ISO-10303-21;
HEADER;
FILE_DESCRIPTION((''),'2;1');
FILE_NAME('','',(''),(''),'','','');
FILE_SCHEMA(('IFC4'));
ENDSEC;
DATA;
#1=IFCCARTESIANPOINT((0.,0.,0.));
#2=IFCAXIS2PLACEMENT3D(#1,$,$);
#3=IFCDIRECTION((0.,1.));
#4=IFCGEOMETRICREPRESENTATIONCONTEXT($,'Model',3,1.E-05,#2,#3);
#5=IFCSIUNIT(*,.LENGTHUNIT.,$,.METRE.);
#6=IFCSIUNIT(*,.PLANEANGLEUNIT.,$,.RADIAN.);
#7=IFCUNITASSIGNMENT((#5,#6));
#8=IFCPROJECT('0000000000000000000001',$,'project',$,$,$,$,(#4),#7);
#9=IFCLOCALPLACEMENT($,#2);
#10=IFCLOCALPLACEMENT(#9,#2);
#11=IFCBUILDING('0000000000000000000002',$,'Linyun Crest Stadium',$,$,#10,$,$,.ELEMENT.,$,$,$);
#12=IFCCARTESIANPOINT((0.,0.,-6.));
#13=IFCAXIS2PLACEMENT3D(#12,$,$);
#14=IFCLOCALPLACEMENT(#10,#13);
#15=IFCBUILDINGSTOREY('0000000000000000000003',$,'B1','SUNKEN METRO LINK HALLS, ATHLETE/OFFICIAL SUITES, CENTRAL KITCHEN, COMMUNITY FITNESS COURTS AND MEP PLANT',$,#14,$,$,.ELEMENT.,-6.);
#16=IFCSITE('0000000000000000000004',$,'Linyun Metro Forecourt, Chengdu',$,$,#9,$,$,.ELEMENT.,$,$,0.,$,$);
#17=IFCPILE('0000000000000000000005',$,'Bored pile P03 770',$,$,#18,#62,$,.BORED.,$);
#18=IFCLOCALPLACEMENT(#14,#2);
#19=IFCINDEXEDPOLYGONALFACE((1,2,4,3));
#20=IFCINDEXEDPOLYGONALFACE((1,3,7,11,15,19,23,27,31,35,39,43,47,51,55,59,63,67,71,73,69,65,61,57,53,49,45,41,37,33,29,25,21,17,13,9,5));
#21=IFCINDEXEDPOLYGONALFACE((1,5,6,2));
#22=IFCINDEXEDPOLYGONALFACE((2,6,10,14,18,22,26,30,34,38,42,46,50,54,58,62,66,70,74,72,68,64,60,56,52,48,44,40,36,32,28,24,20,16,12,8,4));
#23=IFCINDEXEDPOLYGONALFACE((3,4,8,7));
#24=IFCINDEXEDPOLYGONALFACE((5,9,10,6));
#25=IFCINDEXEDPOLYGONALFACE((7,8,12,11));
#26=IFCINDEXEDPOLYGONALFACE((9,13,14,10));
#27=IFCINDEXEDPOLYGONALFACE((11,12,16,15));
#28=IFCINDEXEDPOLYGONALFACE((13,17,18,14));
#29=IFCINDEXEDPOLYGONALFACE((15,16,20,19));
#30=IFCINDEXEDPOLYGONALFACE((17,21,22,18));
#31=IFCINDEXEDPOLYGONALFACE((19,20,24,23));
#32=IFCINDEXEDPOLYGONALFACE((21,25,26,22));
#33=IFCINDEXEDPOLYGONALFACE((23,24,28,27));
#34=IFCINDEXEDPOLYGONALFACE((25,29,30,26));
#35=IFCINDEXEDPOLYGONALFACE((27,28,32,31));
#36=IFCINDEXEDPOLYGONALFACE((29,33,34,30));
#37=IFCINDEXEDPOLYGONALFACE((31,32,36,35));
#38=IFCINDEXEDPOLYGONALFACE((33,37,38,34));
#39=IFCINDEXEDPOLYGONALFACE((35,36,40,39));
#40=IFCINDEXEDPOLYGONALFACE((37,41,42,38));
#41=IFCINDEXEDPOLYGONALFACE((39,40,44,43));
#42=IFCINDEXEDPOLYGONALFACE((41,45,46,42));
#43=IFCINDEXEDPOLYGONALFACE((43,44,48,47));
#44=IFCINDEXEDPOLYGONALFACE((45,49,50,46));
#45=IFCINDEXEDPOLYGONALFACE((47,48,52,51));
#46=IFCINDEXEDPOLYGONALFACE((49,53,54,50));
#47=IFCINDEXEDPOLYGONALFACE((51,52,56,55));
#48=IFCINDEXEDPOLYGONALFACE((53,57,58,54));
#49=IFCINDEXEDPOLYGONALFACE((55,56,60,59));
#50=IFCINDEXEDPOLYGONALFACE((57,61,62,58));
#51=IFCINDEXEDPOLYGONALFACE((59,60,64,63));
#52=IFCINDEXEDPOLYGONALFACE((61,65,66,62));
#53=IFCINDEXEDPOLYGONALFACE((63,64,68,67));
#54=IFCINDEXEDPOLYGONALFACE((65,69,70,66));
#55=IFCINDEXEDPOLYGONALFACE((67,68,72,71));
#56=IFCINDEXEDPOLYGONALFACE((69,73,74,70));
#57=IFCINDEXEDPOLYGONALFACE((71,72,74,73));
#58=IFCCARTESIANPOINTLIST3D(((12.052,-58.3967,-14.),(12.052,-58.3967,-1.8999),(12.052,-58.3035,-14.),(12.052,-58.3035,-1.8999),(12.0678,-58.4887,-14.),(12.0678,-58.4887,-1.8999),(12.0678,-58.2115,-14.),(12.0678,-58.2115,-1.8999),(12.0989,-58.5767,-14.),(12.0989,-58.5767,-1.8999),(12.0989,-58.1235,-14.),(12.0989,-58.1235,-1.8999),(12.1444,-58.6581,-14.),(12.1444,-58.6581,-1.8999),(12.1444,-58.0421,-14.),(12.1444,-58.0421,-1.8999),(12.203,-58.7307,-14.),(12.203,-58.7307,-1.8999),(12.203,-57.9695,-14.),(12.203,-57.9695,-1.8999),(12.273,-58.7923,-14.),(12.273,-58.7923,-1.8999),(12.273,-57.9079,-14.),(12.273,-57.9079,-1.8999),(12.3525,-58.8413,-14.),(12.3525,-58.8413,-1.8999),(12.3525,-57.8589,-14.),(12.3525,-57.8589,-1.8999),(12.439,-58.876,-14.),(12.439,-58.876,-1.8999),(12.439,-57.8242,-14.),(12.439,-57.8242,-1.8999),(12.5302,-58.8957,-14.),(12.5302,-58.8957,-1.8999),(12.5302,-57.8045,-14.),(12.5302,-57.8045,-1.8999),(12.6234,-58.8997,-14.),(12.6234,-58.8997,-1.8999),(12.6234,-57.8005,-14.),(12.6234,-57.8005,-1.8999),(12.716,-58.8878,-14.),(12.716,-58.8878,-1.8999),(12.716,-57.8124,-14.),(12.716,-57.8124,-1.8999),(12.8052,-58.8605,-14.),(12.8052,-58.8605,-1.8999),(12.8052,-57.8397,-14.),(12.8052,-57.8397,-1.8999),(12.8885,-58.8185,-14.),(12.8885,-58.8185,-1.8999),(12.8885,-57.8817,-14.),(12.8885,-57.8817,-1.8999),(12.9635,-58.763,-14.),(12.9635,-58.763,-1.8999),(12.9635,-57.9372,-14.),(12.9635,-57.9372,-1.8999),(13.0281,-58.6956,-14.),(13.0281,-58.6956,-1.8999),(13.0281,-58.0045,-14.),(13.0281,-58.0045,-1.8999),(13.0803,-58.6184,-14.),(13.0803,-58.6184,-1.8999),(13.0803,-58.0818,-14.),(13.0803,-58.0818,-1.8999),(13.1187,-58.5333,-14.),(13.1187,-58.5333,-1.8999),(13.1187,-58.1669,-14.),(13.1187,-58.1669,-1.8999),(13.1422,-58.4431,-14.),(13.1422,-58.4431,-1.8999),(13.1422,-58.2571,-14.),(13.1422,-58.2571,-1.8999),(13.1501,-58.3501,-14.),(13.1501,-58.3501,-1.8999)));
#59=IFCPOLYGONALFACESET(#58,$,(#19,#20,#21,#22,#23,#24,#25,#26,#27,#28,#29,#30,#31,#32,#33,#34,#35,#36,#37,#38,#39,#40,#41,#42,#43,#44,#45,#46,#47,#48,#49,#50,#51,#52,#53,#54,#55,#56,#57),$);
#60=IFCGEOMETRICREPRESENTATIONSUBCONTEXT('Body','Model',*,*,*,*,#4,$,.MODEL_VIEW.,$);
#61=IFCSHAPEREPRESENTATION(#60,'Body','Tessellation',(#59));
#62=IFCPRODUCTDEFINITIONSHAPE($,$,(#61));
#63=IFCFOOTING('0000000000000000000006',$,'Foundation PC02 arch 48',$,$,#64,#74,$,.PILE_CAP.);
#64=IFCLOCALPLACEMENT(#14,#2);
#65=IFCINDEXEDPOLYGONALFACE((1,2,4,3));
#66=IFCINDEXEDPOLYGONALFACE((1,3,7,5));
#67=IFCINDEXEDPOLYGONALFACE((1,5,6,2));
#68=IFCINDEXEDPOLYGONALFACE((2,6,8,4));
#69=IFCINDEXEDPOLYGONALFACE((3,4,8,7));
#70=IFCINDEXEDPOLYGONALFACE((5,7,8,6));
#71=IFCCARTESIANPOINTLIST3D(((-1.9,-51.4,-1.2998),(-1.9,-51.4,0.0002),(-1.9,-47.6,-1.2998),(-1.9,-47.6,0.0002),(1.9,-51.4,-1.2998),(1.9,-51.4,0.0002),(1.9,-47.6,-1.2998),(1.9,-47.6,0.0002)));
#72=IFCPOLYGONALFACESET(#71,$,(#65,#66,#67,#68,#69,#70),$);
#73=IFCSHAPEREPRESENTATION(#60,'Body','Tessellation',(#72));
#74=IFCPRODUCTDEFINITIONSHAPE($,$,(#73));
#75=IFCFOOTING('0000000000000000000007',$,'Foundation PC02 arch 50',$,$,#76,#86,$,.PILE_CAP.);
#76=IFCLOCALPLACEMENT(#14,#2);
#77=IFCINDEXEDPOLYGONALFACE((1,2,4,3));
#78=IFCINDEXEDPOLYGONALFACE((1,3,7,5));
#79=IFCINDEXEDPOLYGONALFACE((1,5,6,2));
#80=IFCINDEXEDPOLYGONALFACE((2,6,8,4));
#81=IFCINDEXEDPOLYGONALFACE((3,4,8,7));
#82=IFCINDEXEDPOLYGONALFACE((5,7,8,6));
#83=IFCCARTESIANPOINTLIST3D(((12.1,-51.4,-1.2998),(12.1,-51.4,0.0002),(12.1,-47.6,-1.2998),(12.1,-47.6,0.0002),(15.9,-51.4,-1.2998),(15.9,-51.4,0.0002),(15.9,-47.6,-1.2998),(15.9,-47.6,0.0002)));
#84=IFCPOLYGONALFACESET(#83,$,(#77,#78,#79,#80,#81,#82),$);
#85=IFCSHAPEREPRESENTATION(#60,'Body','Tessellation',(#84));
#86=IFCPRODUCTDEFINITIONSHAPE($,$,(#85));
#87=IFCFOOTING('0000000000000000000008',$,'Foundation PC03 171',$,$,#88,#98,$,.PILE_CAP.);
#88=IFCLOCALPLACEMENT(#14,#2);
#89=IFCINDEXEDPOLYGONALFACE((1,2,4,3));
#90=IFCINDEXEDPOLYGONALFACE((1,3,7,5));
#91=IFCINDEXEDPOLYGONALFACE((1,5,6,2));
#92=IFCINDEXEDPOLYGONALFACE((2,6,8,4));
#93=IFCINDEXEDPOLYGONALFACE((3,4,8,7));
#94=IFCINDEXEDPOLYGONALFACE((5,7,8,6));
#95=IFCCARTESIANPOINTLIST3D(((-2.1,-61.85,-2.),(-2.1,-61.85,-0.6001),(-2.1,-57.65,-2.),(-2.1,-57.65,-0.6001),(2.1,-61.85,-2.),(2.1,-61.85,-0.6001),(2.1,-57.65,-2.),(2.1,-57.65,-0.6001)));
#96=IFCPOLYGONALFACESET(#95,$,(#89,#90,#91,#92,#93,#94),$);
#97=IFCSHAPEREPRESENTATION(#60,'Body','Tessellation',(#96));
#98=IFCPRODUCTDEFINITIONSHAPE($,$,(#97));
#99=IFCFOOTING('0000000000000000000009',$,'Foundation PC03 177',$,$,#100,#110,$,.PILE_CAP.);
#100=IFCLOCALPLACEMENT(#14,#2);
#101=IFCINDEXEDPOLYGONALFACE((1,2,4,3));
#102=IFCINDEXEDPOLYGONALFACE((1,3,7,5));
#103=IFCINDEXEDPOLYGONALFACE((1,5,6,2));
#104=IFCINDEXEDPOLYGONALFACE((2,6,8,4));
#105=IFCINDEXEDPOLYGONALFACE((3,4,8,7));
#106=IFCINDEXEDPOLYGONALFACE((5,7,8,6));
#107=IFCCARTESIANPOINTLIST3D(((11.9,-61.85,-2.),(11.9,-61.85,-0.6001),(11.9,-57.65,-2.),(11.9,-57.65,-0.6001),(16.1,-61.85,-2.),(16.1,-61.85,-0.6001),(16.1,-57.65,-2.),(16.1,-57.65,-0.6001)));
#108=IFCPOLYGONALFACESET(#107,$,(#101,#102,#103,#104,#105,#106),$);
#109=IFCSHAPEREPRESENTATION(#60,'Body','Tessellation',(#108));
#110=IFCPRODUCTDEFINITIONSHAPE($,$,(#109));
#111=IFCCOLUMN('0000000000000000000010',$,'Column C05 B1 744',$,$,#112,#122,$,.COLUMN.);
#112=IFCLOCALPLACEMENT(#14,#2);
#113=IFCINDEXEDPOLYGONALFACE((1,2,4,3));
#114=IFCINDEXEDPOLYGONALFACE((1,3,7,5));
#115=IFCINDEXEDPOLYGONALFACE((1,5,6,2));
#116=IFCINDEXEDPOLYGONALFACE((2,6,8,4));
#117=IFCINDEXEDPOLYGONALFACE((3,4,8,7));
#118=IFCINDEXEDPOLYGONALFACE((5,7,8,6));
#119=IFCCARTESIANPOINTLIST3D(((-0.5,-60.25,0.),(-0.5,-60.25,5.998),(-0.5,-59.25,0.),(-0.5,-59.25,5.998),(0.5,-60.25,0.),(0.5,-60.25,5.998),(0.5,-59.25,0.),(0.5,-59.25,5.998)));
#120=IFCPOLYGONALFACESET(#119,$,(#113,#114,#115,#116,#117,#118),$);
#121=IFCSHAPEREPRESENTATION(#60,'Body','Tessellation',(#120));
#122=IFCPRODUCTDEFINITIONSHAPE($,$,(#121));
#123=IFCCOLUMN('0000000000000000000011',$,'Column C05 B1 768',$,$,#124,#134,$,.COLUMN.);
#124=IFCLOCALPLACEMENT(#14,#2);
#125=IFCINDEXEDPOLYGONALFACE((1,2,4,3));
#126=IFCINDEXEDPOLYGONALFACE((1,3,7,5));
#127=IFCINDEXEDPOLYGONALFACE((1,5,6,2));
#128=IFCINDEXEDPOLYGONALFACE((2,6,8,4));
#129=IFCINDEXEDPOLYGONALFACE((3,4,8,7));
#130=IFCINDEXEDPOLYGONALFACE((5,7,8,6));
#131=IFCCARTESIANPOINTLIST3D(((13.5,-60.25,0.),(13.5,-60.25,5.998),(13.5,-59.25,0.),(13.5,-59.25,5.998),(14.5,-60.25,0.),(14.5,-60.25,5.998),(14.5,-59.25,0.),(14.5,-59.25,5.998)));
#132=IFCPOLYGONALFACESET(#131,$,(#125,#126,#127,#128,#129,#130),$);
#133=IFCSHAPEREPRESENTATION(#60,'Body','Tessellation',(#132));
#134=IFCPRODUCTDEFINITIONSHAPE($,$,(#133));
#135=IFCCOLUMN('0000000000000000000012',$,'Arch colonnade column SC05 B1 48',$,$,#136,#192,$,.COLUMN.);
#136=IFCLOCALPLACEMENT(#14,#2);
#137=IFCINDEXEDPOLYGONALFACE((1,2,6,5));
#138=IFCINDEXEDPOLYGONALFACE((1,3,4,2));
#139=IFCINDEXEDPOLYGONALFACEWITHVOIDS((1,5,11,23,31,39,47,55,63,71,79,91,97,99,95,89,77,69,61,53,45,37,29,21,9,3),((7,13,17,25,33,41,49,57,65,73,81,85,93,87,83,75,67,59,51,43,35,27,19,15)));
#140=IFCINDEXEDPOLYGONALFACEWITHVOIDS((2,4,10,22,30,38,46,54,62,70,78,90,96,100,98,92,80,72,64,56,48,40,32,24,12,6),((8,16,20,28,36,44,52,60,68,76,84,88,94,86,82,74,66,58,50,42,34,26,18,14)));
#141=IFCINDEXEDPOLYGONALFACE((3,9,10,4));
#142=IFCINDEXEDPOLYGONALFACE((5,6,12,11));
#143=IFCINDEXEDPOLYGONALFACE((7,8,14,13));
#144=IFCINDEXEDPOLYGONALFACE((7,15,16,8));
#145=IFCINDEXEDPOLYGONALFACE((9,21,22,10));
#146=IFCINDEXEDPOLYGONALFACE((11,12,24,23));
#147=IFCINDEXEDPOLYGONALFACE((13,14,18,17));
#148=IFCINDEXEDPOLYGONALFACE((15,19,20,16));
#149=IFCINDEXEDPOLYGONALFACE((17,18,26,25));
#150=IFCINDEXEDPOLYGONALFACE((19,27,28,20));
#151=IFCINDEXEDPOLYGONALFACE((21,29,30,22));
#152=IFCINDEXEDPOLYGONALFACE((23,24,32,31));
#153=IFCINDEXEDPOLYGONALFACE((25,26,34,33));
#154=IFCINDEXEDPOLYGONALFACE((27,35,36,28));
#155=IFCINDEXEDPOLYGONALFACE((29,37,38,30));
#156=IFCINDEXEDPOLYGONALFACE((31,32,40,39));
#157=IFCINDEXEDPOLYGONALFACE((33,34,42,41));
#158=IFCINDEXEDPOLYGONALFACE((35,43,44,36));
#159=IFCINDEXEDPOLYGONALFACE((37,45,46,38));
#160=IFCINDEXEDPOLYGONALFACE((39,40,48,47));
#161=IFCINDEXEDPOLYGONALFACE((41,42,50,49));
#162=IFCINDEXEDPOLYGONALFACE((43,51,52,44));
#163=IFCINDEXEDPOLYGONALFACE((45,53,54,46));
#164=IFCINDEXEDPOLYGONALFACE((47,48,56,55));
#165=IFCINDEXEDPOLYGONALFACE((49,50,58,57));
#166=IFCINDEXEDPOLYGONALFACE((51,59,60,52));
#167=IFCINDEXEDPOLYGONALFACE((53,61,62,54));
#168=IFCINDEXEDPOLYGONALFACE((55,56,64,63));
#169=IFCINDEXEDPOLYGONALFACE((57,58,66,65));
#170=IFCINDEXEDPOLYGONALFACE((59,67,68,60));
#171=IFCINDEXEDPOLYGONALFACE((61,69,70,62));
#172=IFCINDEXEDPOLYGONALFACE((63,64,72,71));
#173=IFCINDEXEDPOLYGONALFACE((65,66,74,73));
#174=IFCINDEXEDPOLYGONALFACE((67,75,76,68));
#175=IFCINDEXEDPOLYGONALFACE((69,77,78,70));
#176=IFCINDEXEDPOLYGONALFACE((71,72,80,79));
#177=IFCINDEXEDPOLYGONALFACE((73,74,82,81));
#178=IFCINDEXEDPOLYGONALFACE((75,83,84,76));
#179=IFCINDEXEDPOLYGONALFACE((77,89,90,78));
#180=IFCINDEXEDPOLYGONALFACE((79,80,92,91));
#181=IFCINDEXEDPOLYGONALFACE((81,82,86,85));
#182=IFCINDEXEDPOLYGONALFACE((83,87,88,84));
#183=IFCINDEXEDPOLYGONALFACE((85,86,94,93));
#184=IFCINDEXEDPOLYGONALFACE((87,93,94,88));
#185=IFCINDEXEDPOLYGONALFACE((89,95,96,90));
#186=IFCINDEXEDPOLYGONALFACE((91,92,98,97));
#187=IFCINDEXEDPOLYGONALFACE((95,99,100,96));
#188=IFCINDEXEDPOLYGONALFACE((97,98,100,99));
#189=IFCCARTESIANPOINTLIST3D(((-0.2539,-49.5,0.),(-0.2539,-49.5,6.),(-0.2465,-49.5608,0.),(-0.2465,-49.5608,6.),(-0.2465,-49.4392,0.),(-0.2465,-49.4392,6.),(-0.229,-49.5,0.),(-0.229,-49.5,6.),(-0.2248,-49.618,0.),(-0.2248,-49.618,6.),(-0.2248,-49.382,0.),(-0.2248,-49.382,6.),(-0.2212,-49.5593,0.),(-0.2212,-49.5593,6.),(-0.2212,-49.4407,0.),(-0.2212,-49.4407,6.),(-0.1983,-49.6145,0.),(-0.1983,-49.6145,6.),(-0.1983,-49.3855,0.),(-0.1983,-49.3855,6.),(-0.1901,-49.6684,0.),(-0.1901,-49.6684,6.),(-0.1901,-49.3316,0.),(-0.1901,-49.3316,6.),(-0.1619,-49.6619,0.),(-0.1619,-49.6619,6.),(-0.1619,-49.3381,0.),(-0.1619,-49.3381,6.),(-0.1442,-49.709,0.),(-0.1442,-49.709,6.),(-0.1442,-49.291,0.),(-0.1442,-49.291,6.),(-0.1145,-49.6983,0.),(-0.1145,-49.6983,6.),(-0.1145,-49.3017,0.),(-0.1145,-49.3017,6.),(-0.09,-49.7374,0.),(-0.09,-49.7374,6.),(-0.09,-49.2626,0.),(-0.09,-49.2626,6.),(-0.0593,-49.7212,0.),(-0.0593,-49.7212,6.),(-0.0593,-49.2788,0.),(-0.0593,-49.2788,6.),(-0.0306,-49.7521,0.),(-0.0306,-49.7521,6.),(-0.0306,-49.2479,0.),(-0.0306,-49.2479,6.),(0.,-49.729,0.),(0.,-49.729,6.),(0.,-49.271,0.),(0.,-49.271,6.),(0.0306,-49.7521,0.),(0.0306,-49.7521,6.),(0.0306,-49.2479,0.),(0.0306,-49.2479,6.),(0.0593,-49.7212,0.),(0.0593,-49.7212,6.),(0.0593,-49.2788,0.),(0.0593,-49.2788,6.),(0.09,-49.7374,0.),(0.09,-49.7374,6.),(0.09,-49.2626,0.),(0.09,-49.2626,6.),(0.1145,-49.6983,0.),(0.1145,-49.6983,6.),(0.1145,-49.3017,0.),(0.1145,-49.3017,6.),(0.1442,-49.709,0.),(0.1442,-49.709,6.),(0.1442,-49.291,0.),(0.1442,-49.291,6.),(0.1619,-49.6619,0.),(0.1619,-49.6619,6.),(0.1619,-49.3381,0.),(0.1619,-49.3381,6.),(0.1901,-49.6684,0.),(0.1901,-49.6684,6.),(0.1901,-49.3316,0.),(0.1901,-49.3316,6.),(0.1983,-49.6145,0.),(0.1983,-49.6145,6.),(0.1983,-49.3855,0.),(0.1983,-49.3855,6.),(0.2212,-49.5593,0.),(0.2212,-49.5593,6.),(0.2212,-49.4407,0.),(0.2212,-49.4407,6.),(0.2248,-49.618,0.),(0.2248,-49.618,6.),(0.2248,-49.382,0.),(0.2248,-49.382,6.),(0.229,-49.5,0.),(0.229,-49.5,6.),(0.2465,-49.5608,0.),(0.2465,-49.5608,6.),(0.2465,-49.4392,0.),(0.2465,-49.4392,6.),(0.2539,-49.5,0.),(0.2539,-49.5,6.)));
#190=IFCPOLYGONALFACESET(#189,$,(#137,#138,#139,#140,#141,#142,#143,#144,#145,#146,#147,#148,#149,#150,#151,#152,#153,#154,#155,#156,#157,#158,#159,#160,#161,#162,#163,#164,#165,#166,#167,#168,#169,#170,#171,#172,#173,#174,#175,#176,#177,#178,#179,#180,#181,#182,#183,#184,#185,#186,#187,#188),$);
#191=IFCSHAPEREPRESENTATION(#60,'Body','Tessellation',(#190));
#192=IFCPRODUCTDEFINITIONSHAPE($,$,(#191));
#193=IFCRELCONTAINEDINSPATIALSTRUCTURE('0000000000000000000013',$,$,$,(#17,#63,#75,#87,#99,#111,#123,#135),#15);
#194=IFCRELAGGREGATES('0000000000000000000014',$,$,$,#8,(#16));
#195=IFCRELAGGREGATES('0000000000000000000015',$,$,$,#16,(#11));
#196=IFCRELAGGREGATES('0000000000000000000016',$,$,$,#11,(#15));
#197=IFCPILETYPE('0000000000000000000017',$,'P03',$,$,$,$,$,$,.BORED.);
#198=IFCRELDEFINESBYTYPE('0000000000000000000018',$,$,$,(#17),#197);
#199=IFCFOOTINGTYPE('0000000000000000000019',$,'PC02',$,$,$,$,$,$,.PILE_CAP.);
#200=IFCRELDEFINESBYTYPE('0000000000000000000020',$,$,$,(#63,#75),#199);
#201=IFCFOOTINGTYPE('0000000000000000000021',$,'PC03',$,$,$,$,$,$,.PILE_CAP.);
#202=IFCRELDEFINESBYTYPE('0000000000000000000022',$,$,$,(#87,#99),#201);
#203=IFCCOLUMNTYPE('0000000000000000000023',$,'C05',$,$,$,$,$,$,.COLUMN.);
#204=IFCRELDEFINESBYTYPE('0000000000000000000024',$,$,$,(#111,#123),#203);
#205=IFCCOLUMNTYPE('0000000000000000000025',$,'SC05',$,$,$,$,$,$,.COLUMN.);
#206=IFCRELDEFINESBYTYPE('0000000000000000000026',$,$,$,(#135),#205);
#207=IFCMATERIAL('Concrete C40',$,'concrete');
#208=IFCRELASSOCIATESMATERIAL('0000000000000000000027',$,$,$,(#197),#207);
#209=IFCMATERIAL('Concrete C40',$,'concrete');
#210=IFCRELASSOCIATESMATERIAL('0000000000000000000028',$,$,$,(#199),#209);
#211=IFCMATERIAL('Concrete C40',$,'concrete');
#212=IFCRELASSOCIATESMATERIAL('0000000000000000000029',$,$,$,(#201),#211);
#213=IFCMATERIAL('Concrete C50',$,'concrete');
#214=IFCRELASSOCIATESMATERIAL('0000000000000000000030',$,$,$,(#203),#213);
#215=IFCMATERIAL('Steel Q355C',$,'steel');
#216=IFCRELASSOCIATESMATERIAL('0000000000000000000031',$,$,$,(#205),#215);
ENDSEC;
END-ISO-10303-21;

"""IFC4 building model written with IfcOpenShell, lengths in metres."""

from ifc_helpers import new_model, si_unit, direction, frame, origin, origin_2d, place, context, subcontext, project, spatial, rectangle, circle, hollow_circle, extrude, material, material_profile, profile_set, type_object, element, save


model = new_model("IFC4")

# Units and contexts
model_context = context("Model", 3, precision=1e-05, world=origin(), true_north=direction((0.0, 1.0)))
body_context = subcontext(model_context, "Body", "Model", "MODEL_VIEW")
ifc_project = project(units=[si_unit("LENGTHUNIT", "METRE"), si_unit("PLANEANGLEUNIT", "RADIAN")], contexts=[model_context])

# Site, building, storey
site_placement = place(None, origin())
site = spatial("IfcSite", under=ifc_project, at=site_placement, Name="Linyun Metro Forecourt, Chengdu", CompositionType="ELEMENT", RefElevation=0.0)
building_placement = place(site_placement, origin())
building = spatial("IfcBuilding", under=site, at=building_placement, Name="Linyun Crest Stadium", CompositionType="ELEMENT")
storey_placement = place(building_placement, frame((0.0, 0.0, -6.0)))
storey = spatial("IfcBuildingStorey", under=building, at=storey_placement, Name="B1", Description="SUNKEN METRO LINK HALLS, ATHLETE/OFFICIAL SUITES, CENTRAL KITCHEN, COMMUNITY FITNESS COURTS AND MEP PLANT", CompositionType="ELEMENT", Elevation=-6.0)

# Pile
ifc_material_1 = material(Name="Concrete C40", Category="concrete")
ifc_material_profile_1 = material_profile(ifc_material_1, circle(Radius=0.55, at=origin_2d()), Name="BORED PILE 1100")
ifc_profile_set_1 = profile_set([ifc_material_profile_1], Name="Concrete C40")
pile_type_1 = type_object("IfcPileType", Name="P03", PredefinedType="BORED", material=ifc_profile_set_1)
for number, where, z_axis, x_axis, name in (
    (1, (12.6001, -58.3501, -1.8999), (0.0, 0.0, -1.0), (1.0, 0.0, 0.0), "Bored pile P03 770"),
):
    element("IfcPile", number, at=place(storey_placement, frame(where, z_axis=z_axis, x_axis=x_axis)), inside=storey, type_object=pile_type_1, Name=name, PredefinedType="BORED", context=body_context, shape_type="SweptSolid", body=[
        extrude(circle(Radius=0.55, at=origin_2d()), origin(), (0.0, 0.0, 1.0), 12.1001),
    ])

# Footings
ifc_material_2 = material(Name="Concrete C40", Category="concrete")
footing_type_1 = type_object("IfcFootingType", Name="PC02", PredefinedType="PILE_CAP", material=ifc_material_2)
for number, where, z_axis, x_axis, name in (
    (2, (0.0, -49.5, -1.2998), (0.0, 0.0, 1.0), (1.0, 0.0, 0.0), "Foundation PC02 arch 48"),
    (3, (14.0, -49.5, -1.2998), (0.0, 0.0, 1.0), (1.0, 0.0, 0.0), "Foundation PC02 arch 50"),
):
    element("IfcFooting", number, at=place(storey_placement, frame(where, z_axis=z_axis, x_axis=x_axis)), inside=storey, type_object=footing_type_1, Name=name, PredefinedType="PILE_CAP", context=body_context, shape_type="SweptSolid", body=[
        extrude(rectangle(XDim=3.8, YDim=3.8, at=origin_2d()), origin(), (0.0, 0.0, 1.0), 1.3),
    ])
ifc_material_3 = material(Name="Concrete C40", Category="concrete")
footing_type_2 = type_object("IfcFootingType", Name="PC03", PredefinedType="PILE_CAP", material=ifc_material_3)
for number, where, z_axis, x_axis, name in (
    (4, (0.0, -59.75, -2.0), (0.0, 0.0, 1.0), (1.0, 0.0, 0.0), "Foundation PC03 171"),
    (5, (14.0, -59.75, -2.0), (0.0, 0.0, 1.0), (1.0, 0.0, 0.0), "Foundation PC03 177"),
):
    element("IfcFooting", number, at=place(storey_placement, frame(where, z_axis=z_axis, x_axis=x_axis)), inside=storey, type_object=footing_type_2, Name=name, PredefinedType="PILE_CAP", context=body_context, shape_type="SweptSolid", body=[
        extrude(rectangle(XDim=4.2, YDim=4.2, at=origin_2d()), origin(), (0.0, 0.0, 1.0), 1.3999),
    ])

# Columns
ifc_material_4 = material(Name="Concrete C50", Category="concrete")
ifc_material_profile_2 = material_profile(ifc_material_4, rectangle(XDim=1.0, YDim=1.0, at=origin_2d()), Name="RC 1000x1000")
ifc_profile_set_2 = profile_set([ifc_material_profile_2], Name="Concrete C50")
column_type_1 = type_object("IfcColumnType", Name="C05", PredefinedType="COLUMN", material=ifc_profile_set_2)
for number, where, z_axis, x_axis, name in (
    (6, (0.0, -59.75, 0.0), (0.0, 0.0, 1.0), (1.0, 0.0, 0.0), "Column C05 B1 744"),
    (7, (14.0, -59.75, 0.0), (0.0, 0.0, 1.0), (1.0, 0.0, 0.0), "Column C05 B1 768"),
):
    element("IfcColumn", number, at=place(storey_placement, frame(where, z_axis=z_axis, x_axis=x_axis)), inside=storey, type_object=column_type_1, Name=name, PredefinedType="COLUMN", context=body_context, shape_type="SweptSolid", body=[
        extrude(rectangle(XDim=1.0, YDim=1.0, at=origin_2d()), origin(), (0.0, 0.0, 1.0), 5.998),
    ])
ifc_material_5 = material(Name="Steel Q355C", Category="steel")
ifc_material_profile_3 = material_profile(ifc_material_5, hollow_circle(Radius=0.2539, WallThickness=0.0249, at=origin_2d()), Name="CHS 508x25")
ifc_profile_set_3 = profile_set([ifc_material_profile_3], Name="Steel Q355C")
column_type_2 = type_object("IfcColumnType", Name="SC05", PredefinedType="COLUMN", material=ifc_profile_set_3)
for number, where, z_axis, x_axis, name in (
    (8, (0.0, -49.5, 0.0), (0.0, 0.0, 1.0), (1.0, 0.0, 0.0), "Arch colonnade column SC05 B1 48"),
):
    element("IfcColumn", number, at=place(storey_placement, frame(where, z_axis=z_axis, x_axis=x_axis)), inside=storey, type_object=column_type_2, Name=name, PredefinedType="COLUMN", context=body_context, shape_type="SweptSolid", body=[
        extrude(hollow_circle(Radius=0.2539, WallThickness=0.0249, at=origin_2d()), origin(), (0.0, 0.0, 1.0), 6.0),
    ])

save(model, "model.ifc")
